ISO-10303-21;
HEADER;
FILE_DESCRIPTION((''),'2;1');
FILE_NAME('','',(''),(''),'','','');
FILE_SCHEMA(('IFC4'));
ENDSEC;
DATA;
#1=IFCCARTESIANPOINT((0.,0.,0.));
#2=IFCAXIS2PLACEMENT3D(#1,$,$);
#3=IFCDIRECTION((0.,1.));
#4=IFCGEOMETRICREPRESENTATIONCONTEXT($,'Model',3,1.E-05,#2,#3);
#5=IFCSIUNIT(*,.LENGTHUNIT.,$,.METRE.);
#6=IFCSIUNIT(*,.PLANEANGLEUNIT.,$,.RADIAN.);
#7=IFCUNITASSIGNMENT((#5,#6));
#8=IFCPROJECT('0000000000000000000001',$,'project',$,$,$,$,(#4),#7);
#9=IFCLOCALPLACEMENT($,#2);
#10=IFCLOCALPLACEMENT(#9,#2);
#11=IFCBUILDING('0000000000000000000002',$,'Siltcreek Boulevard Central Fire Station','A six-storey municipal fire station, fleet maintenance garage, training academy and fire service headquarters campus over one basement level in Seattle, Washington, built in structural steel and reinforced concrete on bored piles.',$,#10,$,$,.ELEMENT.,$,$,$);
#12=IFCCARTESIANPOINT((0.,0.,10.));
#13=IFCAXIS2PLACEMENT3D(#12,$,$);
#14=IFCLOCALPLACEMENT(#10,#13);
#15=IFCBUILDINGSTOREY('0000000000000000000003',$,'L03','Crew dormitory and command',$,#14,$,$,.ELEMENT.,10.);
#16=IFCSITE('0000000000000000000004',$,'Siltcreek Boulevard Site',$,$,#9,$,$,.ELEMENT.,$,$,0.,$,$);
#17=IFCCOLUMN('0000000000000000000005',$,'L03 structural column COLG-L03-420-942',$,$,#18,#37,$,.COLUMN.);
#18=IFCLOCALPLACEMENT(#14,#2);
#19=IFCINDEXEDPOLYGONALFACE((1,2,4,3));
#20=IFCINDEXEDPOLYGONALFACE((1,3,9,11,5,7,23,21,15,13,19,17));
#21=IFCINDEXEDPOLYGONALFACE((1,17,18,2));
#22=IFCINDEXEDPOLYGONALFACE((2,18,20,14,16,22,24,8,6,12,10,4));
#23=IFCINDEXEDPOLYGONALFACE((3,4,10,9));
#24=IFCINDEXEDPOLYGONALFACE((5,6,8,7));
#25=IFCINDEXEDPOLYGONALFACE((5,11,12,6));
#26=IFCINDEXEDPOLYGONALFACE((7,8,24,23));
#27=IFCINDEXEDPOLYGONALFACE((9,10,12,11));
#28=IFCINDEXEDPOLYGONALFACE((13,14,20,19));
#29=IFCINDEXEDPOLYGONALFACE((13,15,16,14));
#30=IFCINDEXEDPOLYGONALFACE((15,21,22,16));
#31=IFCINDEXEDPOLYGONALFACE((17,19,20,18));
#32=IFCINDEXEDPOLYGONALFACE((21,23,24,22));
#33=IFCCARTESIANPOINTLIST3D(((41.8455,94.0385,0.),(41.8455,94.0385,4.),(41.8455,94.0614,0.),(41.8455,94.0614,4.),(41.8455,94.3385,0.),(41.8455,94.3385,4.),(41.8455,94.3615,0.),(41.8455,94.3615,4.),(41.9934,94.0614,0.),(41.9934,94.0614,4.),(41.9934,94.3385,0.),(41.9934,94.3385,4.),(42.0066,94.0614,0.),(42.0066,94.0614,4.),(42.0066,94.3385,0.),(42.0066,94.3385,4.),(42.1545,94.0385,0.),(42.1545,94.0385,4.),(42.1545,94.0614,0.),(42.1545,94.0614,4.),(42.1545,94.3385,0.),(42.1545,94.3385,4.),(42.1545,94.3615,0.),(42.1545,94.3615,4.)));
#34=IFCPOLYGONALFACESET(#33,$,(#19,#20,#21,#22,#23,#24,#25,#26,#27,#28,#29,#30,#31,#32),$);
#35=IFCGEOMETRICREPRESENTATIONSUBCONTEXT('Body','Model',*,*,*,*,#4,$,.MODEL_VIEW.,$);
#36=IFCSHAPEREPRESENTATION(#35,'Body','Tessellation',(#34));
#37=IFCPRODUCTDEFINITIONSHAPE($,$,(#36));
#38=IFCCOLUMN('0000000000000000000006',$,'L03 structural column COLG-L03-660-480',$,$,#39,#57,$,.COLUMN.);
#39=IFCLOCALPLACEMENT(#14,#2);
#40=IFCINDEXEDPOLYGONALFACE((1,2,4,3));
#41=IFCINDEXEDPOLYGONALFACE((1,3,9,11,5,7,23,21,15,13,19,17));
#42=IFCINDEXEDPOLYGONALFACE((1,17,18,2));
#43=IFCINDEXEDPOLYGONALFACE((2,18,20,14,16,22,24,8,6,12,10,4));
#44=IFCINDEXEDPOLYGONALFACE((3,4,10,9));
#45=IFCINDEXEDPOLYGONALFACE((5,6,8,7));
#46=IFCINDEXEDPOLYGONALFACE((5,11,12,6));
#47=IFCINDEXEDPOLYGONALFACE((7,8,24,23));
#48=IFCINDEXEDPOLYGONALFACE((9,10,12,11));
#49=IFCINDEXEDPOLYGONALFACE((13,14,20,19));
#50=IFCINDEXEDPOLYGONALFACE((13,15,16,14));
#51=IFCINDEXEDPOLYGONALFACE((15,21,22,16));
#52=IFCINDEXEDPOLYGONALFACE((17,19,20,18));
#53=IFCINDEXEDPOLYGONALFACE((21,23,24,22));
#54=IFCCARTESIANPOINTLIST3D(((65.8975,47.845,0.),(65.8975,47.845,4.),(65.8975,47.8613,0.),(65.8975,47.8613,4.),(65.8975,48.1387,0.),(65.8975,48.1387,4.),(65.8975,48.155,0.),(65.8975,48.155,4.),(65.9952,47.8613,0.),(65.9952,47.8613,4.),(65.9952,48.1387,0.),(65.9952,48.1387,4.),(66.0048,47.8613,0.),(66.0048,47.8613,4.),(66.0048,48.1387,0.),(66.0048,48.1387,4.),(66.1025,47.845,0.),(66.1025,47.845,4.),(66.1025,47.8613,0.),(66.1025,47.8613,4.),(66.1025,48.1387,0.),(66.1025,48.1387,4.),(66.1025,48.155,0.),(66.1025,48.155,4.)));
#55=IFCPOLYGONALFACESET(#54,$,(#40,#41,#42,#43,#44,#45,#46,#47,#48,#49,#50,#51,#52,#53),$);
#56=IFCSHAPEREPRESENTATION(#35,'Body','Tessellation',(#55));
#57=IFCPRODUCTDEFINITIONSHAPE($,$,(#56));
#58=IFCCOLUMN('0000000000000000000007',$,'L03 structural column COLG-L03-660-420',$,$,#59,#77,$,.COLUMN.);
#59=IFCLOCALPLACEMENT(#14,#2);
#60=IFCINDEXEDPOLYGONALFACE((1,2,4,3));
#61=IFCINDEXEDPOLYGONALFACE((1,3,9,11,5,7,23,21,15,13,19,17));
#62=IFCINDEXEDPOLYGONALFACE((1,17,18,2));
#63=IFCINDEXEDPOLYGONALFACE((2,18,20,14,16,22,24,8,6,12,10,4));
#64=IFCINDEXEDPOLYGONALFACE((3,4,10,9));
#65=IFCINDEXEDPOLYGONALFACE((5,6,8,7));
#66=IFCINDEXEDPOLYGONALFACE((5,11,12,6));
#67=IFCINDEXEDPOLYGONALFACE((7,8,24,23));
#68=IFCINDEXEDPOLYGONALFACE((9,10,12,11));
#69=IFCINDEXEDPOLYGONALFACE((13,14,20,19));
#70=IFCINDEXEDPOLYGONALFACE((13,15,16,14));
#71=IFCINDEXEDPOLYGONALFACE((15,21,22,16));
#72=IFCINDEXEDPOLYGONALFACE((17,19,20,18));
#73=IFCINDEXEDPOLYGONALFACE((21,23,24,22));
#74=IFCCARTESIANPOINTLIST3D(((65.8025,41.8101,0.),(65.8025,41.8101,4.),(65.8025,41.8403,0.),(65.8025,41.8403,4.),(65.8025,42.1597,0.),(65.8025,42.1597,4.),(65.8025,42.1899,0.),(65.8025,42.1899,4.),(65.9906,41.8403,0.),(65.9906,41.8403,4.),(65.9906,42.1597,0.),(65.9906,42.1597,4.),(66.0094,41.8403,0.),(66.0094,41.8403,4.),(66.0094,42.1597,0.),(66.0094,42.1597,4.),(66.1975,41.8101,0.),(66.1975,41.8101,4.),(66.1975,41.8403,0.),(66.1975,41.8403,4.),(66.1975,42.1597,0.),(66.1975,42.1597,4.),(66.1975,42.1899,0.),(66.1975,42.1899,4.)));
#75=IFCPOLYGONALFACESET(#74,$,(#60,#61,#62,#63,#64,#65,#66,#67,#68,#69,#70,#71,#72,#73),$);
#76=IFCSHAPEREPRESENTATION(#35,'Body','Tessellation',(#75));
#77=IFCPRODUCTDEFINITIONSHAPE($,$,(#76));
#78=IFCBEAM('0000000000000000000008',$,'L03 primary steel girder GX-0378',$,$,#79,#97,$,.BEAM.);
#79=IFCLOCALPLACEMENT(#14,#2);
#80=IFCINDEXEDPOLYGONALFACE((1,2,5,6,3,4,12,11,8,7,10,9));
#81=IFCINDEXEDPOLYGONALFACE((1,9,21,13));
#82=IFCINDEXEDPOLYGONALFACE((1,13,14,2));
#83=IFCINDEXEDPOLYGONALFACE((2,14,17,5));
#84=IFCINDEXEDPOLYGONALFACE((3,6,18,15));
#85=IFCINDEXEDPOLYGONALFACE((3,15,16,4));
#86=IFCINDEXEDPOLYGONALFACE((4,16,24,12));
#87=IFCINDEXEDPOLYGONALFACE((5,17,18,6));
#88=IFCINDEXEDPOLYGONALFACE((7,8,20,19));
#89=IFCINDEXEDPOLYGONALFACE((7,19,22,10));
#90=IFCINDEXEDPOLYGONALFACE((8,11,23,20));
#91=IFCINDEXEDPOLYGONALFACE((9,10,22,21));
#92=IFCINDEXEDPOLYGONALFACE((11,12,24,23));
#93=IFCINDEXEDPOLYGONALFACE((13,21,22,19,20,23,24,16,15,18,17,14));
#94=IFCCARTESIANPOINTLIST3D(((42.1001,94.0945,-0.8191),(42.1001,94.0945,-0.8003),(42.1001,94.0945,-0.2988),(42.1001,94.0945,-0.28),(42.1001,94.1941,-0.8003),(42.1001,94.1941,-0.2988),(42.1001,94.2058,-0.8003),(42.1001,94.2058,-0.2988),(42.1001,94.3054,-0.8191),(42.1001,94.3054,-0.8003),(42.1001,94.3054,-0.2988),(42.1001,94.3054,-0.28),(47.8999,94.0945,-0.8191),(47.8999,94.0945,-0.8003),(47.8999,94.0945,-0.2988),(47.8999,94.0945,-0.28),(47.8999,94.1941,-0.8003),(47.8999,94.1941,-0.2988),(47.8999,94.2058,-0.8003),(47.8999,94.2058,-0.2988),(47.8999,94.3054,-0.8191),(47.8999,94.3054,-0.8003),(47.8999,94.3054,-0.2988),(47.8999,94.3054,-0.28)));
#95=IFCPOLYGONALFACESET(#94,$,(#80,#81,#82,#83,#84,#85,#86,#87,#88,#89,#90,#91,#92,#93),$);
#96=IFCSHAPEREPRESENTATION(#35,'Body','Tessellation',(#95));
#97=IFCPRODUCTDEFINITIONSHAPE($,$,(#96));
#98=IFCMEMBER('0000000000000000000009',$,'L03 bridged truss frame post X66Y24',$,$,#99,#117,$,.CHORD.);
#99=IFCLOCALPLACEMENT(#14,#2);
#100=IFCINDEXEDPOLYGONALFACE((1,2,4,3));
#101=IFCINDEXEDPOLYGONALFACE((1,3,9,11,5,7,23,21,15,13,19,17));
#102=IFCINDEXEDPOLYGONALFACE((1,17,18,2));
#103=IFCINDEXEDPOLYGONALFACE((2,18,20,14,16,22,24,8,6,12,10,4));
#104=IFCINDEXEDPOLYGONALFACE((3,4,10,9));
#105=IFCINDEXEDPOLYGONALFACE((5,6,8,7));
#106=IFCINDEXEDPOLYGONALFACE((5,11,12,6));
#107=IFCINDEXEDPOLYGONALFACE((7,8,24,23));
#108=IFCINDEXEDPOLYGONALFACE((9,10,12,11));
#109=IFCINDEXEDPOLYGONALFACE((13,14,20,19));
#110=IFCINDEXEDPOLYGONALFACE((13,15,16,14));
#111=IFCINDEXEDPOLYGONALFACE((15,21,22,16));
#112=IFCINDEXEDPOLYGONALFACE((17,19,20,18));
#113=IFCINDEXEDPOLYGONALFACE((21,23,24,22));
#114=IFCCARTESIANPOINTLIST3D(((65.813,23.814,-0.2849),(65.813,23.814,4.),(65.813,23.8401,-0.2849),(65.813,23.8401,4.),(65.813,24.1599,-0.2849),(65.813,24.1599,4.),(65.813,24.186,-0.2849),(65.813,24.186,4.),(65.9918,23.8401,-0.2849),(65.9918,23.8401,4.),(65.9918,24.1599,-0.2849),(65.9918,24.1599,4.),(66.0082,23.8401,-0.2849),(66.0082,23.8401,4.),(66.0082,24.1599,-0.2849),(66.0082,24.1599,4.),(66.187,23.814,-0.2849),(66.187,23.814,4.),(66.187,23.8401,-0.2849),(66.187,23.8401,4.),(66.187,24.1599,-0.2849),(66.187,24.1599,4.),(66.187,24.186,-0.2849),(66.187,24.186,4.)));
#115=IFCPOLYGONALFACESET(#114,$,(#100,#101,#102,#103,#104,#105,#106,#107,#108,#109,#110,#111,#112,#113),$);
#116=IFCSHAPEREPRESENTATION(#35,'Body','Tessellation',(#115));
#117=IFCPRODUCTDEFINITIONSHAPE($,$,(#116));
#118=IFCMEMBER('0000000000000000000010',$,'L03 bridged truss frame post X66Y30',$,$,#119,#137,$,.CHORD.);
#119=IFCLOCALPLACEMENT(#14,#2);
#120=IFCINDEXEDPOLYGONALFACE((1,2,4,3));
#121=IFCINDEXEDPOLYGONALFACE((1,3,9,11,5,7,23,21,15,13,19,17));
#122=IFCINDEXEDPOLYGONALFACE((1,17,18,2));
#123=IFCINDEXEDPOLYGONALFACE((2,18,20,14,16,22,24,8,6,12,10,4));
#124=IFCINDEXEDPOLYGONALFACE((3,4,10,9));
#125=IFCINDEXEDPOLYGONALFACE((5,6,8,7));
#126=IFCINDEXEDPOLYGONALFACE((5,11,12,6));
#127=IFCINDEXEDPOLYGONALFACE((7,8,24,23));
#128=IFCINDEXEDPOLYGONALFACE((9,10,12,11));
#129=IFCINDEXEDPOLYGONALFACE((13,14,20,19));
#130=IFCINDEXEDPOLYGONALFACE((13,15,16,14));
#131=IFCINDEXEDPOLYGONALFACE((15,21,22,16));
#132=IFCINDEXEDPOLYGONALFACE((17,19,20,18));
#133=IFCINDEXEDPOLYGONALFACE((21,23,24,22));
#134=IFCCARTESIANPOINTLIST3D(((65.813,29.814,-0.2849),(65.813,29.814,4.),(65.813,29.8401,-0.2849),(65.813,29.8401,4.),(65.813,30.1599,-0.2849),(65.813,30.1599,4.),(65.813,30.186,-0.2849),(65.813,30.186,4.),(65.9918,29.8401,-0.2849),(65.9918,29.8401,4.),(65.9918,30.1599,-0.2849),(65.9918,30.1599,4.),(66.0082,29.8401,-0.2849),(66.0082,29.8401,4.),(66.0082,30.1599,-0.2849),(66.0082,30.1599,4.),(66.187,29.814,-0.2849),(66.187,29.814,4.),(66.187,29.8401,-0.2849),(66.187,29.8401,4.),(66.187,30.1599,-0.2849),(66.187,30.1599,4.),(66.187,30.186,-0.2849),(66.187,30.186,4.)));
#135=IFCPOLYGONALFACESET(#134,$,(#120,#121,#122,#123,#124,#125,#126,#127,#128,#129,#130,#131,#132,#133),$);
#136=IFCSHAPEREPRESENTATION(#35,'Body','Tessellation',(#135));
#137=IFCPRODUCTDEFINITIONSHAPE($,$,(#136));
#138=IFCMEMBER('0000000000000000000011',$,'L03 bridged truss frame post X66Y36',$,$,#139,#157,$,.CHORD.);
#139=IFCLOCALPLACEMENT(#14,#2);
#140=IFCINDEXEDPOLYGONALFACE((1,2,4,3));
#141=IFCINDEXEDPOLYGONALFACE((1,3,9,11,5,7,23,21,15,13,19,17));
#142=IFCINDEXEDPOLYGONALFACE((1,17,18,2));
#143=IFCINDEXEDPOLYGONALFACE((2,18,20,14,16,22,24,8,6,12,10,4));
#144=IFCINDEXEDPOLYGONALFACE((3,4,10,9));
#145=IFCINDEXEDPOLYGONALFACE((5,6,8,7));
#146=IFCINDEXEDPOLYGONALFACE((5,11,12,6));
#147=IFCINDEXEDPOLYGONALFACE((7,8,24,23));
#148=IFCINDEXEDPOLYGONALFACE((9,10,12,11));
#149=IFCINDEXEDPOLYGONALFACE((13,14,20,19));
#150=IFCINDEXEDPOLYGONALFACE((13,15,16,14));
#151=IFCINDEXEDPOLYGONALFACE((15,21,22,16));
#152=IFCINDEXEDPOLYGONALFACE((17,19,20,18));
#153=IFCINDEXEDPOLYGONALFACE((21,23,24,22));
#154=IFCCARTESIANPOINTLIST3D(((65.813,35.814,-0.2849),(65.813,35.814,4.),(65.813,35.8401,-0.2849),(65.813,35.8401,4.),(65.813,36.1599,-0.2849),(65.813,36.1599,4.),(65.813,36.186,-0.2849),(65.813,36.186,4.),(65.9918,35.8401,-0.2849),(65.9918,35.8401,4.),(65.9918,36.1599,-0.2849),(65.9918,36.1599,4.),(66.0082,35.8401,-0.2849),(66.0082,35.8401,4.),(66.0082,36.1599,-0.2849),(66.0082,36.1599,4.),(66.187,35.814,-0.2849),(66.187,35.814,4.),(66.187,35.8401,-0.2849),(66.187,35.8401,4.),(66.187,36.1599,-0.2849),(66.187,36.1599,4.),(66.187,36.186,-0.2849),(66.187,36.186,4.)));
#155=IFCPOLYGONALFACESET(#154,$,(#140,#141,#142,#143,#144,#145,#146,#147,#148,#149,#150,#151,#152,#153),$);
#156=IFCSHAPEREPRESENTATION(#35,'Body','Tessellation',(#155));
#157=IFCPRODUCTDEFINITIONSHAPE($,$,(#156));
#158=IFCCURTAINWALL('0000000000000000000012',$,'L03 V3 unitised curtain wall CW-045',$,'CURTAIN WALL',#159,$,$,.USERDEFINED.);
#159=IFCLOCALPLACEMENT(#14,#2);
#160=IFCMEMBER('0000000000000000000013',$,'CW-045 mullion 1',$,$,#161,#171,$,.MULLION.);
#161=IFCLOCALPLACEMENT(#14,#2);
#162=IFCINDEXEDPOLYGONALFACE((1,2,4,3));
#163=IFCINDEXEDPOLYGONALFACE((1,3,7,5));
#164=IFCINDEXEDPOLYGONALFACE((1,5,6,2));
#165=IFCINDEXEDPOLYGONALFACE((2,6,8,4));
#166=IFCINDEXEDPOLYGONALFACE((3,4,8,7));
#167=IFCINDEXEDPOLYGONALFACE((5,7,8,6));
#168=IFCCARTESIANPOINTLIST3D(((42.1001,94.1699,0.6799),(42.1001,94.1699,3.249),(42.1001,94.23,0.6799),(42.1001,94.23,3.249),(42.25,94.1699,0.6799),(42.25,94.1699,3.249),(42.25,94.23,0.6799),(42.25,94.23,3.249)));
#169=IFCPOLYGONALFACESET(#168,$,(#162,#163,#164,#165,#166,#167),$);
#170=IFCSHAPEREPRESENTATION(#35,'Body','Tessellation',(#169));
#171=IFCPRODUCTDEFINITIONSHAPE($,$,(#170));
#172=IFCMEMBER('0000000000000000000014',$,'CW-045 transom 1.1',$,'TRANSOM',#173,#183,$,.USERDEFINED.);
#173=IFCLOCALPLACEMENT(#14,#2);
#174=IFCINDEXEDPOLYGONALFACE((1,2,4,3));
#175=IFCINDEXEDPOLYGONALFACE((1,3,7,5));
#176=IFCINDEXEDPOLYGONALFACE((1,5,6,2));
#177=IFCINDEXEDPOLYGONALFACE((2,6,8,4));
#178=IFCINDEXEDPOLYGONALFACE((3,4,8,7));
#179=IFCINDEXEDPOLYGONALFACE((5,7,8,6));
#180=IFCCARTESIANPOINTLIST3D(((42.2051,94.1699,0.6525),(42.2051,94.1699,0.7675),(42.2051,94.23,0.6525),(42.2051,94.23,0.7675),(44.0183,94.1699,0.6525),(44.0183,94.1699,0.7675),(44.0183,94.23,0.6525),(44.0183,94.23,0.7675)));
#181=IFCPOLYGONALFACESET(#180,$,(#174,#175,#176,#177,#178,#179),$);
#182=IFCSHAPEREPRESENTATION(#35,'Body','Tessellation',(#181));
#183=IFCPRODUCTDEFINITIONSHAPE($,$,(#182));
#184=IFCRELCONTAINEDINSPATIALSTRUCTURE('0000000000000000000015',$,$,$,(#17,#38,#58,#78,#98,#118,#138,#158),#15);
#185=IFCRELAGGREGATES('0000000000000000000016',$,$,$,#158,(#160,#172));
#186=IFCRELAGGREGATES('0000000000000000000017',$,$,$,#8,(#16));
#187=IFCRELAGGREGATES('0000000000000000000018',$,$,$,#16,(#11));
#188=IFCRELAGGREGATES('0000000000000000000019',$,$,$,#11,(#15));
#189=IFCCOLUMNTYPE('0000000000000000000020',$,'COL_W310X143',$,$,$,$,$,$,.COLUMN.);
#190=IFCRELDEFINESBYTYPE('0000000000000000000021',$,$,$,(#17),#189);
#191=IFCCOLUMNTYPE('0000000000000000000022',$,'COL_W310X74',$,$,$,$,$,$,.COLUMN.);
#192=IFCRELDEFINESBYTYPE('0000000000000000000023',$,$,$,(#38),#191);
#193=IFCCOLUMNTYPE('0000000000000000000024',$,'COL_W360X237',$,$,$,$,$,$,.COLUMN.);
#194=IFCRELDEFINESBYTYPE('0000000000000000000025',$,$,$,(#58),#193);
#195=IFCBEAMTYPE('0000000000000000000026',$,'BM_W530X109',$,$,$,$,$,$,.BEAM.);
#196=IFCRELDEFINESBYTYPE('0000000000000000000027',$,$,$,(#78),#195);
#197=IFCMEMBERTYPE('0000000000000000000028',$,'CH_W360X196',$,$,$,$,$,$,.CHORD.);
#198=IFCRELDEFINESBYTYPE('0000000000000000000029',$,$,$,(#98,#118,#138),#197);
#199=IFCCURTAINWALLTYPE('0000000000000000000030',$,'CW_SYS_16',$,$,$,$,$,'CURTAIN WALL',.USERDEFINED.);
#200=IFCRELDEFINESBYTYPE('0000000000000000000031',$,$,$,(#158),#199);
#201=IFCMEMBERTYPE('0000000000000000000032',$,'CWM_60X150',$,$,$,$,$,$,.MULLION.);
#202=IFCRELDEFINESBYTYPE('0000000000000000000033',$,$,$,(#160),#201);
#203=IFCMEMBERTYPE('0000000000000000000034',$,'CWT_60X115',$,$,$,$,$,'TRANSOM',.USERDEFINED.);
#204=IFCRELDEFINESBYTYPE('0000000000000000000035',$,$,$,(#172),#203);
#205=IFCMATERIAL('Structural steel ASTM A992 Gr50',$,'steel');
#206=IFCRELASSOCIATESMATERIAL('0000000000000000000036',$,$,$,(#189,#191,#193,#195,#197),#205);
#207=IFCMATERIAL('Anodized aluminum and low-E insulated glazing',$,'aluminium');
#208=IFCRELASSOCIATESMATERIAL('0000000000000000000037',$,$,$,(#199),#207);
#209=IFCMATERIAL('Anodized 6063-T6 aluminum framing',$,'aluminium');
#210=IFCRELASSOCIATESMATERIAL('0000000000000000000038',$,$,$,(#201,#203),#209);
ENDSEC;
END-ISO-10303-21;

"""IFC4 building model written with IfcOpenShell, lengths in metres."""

from ifc_helpers import new_model, si_unit, direction, frame, origin, origin_2d, place, context, subcontext, project, spatial, rectangle, i_section, extrude, material, material_profile, profile_set, type_object, element, aggregate, save


model = new_model("IFC4")

# Units and contexts
model_context = context("Model", 3, precision=1e-05, world=origin(), true_north=direction((0.0, 1.0)))
body_context = subcontext(model_context, "Body", "Model", "MODEL_VIEW")
ifc_project = project(units=[si_unit("LENGTHUNIT", "METRE"), si_unit("PLANEANGLEUNIT", "RADIAN")], contexts=[model_context])

# Site, building, storey
site_placement = place(None, origin())
site = spatial("IfcSite", under=ifc_project, at=site_placement, Name="Siltcreek Boulevard Site", CompositionType="ELEMENT", RefElevation=0.0)
building_placement = place(site_placement, origin())
building = spatial("IfcBuilding", under=site, at=building_placement, Name="Siltcreek Boulevard Central Fire Station", Description="A six-storey municipal fire station, fleet maintenance garage, training academy and fire service headquarters campus over one basement level in Seattle, Washington, built in structural steel and reinforced concrete on bored piles.", CompositionType="ELEMENT")
storey_placement = place(building_placement, frame((0.0, 0.0, 10.0)))
storey = spatial("IfcBuildingStorey", under=building, at=storey_placement, Name="L03", Description="Crew dormitory and command", CompositionType="ELEMENT", Elevation=10.0)

# Columns
ifc_material_1 = material(Name="Structural steel ASTM A992 Gr50", Category="steel")
ifc_material_profile_1 = material_profile(ifc_material_1, i_section(OverallWidth=0.3091, OverallDepth=0.323, WebThickness=0.0132, FlangeThickness=0.0229, at=origin_2d()), Name="W310X143")
ifc_profile_set_1 = profile_set([ifc_material_profile_1], Name="Structural steel ASTM A992 Gr50")
column_type_1 = type_object("IfcColumnType", Name="COL_W310X143", PredefinedType="COLUMN", material=ifc_profile_set_1)
column_1_placement = place(storey_placement, frame((42.0, 94.2, 0.0), z_axis=(0.0, 0.0, 1.0), x_axis=(1.0, 0.0, 0.0)))
element("IfcColumn", 1, at=column_1_placement, inside=storey, type_object=column_type_1, Name="L03 structural column COLG-L03-420-942", PredefinedType="COLUMN", context=body_context, shape_type="SweptSolid", body=[
    extrude(i_section(OverallWidth=0.3091, OverallDepth=0.323, WebThickness=0.0132, FlangeThickness=0.0229, at=origin_2d()), origin(), (0.0, 0.0, 1.0), 4.0),
])
ifc_material_profile_2 = material_profile(ifc_material_1, i_section(OverallWidth=0.2051, OverallDepth=0.3101, WebThickness=0.0095, FlangeThickness=0.0164, at=origin_2d()), Name="W310X74")
ifc_profile_set_2 = profile_set([ifc_material_profile_2], Name="Structural steel ASTM A992 Gr50")
column_type_2 = type_object("IfcColumnType", Name="COL_W310X74", PredefinedType="COLUMN", material=ifc_profile_set_2)
column_2_placement = place(storey_placement, frame((66.0, 48.0, 0.0), z_axis=(0.0, 0.0, 1.0), x_axis=(1.0, 0.0, 0.0)))
element("IfcColumn", 2, at=column_2_placement, inside=storey, type_object=column_type_2, Name="L03 structural column COLG-L03-660-480", PredefinedType="COLUMN", context=body_context, shape_type="SweptSolid", body=[
    extrude(i_section(OverallWidth=0.2051, OverallDepth=0.3101, WebThickness=0.0095, FlangeThickness=0.0164, at=origin_2d()), origin(), (0.0, 0.0, 1.0), 4.0),
])
ifc_material_profile_3 = material_profile(ifc_material_1, i_section(OverallWidth=0.395, OverallDepth=0.3799, WebThickness=0.0188, FlangeThickness=0.0303, at=origin_2d()), Name="W360X237")
ifc_profile_set_3 = profile_set([ifc_material_profile_3], Name="Structural steel ASTM A992 Gr50")
column_type_3 = type_object("IfcColumnType", Name="COL_W360X237", PredefinedType="COLUMN", material=ifc_profile_set_3)
column_3_placement = place(storey_placement, frame((66.0, 42.0, 0.0), z_axis=(0.0, 0.0, 1.0), x_axis=(1.0, 0.0, 0.0)))
element("IfcColumn", 3, at=column_3_placement, inside=storey, type_object=column_type_3, Name="L03 structural column COLG-L03-660-420", PredefinedType="COLUMN", context=body_context, shape_type="SweptSolid", body=[
    extrude(i_section(OverallWidth=0.395, OverallDepth=0.3799, WebThickness=0.0188, FlangeThickness=0.0303, at=origin_2d()), origin(), (0.0, 0.0, 1.0), 4.0),
])

# Beam
ifc_material_profile_4 = material_profile(ifc_material_1, i_section(OverallWidth=0.2109, OverallDepth=0.5391, WebThickness=0.0117, FlangeThickness=0.0188, at=origin_2d()), Name="W530X109")
ifc_profile_set_4 = profile_set([ifc_material_profile_4], Name="Structural steel ASTM A992 Gr50")
beam_type = type_object("IfcBeamType", Name="BM_W530X109", PredefinedType="BEAM", material=ifc_profile_set_4)
beam_placement = place(storey_placement, frame((42.1001, 94.2, -0.5496), z_axis=(1.0, 0.0, 0.0), x_axis=(0.0, 1.0, 0.0)))
element("IfcBeam", 4, at=beam_placement, inside=storey, type_object=beam_type, Name="L03 primary steel girder GX-0378", PredefinedType="BEAM", context=body_context, shape_type="SweptSolid", body=[
    extrude(i_section(OverallWidth=0.2109, OverallDepth=0.5391, WebThickness=0.0117, FlangeThickness=0.0188, at=origin_2d()), origin(), (0.0, 0.0, 1.0), 5.7998),
])

# Members
ifc_material_profile_5 = material_profile(ifc_material_1, i_section(OverallWidth=0.374, OverallDepth=0.3721, WebThickness=0.0164, FlangeThickness=0.0261, at=origin_2d()), Name="W360X196")
ifc_profile_set_5 = profile_set([ifc_material_profile_5], Name="Structural steel ASTM A992 Gr50")
member_type_1 = type_object("IfcMemberType", Name="CH_W360X196", PredefinedType="CHORD", material=ifc_profile_set_5)
for number, where, z_axis, x_axis, name in (
    (5, (66.0, 24.0, -0.2849), (0.0, 0.0, 1.0), (1.0, 0.0, 0.0), "L03 bridged truss frame post X66Y24"),
    (6, (66.0, 30.0, -0.2849), (0.0, 0.0, 1.0), (1.0, 0.0, 0.0), "L03 bridged truss frame post X66Y30"),
    (7, (66.0, 36.0, -0.2849), (0.0, 0.0, 1.0), (1.0, 0.0, 0.0), "L03 bridged truss frame post X66Y36"),
):
    element("IfcMember", number, at=place(storey_placement, frame(where, z_axis=z_axis, x_axis=x_axis)), inside=storey, type_object=member_type_1, Name=name, PredefinedType="CHORD", context=body_context, shape_type="SweptSolid", body=[
        extrude(i_section(OverallWidth=0.374, OverallDepth=0.3721, WebThickness=0.0164, FlangeThickness=0.0261, at=origin_2d()), origin(), (0.0, 0.0, 1.0), 4.2849),
    ])

# Curtain wall, members
ifc_material_2 = material(Name="Anodized aluminum and low-E insulated glazing", Category="aluminium")
curtain_wall_type = type_object("IfcCurtainWallType", Name="CW_SYS_16", ElementType="CURTAIN WALL", PredefinedType="USERDEFINED", material=ifc_material_2)
curtain_wall_placement = place(storey_placement, origin())
curtain_wall = element("IfcCurtainWall", 8, at=curtain_wall_placement, inside=storey, type_object=curtain_wall_type, Name="L03 V3 unitised curtain wall CW-045", ObjectType="CURTAIN WALL", PredefinedType="USERDEFINED")
ifc_material_3 = material(Name="Anodized 6063-T6 aluminum framing", Category="aluminium")
ifc_material_profile_6 = material_profile(ifc_material_3, rectangle(XDim=0.0601, YDim=0.1499, at=origin_2d()), Name="MULL60X150")
ifc_profile_set_6 = profile_set([ifc_material_profile_6], Name="Anodized 6063-T6 aluminum framing")
member_type_2 = type_object("IfcMemberType", Name="CWM_60X150", PredefinedType="MULLION", material=ifc_profile_set_6)
member_1_placement = place(storey_placement, frame((42.175, 94.2, 0.6799), z_axis=(0.0, 0.0, 1.0), x_axis=(0.0, 1.0, 0.0)))
member_1 = element("IfcMember", 9, at=member_1_placement, type_object=member_type_2, Name="CW-045 mullion 1", PredefinedType="MULLION", context=body_context, shape_type="SweptSolid", body=[
    extrude(rectangle(XDim=0.0601, YDim=0.1499, at=origin_2d()), origin(), (0.0, 0.0, 1.0), 2.5691),
])
ifc_material_profile_7 = material_profile(ifc_material_3, rectangle(XDim=0.0601, YDim=0.115, at=origin_2d()), Name="TRAN60X115")
ifc_profile_set_7 = profile_set([ifc_material_profile_7], Name="Anodized 6063-T6 aluminum framing")
member_type_3 = type_object("IfcMemberType", Name="CWT_60X115", ElementType="TRANSOM", PredefinedType="USERDEFINED", material=ifc_profile_set_7)
member_2_placement = place(storey_placement, frame((42.2051, 94.2, 0.71), z_axis=(1.0, 0.0, 0.0), x_axis=(0.0, 1.0, 0.0)))
member_2 = element("IfcMember", 10, at=member_2_placement, type_object=member_type_3, Name="CW-045 transom 1.1", ObjectType="TRANSOM", PredefinedType="USERDEFINED", context=body_context, shape_type="SweptSolid", body=[
    extrude(rectangle(XDim=0.0601, YDim=0.115, at=origin_2d()), origin(), (0.0, 0.0, 1.0), 1.8132),
])
aggregate(curtain_wall, [member_1, member_2])

save(model, "model.ifc")
